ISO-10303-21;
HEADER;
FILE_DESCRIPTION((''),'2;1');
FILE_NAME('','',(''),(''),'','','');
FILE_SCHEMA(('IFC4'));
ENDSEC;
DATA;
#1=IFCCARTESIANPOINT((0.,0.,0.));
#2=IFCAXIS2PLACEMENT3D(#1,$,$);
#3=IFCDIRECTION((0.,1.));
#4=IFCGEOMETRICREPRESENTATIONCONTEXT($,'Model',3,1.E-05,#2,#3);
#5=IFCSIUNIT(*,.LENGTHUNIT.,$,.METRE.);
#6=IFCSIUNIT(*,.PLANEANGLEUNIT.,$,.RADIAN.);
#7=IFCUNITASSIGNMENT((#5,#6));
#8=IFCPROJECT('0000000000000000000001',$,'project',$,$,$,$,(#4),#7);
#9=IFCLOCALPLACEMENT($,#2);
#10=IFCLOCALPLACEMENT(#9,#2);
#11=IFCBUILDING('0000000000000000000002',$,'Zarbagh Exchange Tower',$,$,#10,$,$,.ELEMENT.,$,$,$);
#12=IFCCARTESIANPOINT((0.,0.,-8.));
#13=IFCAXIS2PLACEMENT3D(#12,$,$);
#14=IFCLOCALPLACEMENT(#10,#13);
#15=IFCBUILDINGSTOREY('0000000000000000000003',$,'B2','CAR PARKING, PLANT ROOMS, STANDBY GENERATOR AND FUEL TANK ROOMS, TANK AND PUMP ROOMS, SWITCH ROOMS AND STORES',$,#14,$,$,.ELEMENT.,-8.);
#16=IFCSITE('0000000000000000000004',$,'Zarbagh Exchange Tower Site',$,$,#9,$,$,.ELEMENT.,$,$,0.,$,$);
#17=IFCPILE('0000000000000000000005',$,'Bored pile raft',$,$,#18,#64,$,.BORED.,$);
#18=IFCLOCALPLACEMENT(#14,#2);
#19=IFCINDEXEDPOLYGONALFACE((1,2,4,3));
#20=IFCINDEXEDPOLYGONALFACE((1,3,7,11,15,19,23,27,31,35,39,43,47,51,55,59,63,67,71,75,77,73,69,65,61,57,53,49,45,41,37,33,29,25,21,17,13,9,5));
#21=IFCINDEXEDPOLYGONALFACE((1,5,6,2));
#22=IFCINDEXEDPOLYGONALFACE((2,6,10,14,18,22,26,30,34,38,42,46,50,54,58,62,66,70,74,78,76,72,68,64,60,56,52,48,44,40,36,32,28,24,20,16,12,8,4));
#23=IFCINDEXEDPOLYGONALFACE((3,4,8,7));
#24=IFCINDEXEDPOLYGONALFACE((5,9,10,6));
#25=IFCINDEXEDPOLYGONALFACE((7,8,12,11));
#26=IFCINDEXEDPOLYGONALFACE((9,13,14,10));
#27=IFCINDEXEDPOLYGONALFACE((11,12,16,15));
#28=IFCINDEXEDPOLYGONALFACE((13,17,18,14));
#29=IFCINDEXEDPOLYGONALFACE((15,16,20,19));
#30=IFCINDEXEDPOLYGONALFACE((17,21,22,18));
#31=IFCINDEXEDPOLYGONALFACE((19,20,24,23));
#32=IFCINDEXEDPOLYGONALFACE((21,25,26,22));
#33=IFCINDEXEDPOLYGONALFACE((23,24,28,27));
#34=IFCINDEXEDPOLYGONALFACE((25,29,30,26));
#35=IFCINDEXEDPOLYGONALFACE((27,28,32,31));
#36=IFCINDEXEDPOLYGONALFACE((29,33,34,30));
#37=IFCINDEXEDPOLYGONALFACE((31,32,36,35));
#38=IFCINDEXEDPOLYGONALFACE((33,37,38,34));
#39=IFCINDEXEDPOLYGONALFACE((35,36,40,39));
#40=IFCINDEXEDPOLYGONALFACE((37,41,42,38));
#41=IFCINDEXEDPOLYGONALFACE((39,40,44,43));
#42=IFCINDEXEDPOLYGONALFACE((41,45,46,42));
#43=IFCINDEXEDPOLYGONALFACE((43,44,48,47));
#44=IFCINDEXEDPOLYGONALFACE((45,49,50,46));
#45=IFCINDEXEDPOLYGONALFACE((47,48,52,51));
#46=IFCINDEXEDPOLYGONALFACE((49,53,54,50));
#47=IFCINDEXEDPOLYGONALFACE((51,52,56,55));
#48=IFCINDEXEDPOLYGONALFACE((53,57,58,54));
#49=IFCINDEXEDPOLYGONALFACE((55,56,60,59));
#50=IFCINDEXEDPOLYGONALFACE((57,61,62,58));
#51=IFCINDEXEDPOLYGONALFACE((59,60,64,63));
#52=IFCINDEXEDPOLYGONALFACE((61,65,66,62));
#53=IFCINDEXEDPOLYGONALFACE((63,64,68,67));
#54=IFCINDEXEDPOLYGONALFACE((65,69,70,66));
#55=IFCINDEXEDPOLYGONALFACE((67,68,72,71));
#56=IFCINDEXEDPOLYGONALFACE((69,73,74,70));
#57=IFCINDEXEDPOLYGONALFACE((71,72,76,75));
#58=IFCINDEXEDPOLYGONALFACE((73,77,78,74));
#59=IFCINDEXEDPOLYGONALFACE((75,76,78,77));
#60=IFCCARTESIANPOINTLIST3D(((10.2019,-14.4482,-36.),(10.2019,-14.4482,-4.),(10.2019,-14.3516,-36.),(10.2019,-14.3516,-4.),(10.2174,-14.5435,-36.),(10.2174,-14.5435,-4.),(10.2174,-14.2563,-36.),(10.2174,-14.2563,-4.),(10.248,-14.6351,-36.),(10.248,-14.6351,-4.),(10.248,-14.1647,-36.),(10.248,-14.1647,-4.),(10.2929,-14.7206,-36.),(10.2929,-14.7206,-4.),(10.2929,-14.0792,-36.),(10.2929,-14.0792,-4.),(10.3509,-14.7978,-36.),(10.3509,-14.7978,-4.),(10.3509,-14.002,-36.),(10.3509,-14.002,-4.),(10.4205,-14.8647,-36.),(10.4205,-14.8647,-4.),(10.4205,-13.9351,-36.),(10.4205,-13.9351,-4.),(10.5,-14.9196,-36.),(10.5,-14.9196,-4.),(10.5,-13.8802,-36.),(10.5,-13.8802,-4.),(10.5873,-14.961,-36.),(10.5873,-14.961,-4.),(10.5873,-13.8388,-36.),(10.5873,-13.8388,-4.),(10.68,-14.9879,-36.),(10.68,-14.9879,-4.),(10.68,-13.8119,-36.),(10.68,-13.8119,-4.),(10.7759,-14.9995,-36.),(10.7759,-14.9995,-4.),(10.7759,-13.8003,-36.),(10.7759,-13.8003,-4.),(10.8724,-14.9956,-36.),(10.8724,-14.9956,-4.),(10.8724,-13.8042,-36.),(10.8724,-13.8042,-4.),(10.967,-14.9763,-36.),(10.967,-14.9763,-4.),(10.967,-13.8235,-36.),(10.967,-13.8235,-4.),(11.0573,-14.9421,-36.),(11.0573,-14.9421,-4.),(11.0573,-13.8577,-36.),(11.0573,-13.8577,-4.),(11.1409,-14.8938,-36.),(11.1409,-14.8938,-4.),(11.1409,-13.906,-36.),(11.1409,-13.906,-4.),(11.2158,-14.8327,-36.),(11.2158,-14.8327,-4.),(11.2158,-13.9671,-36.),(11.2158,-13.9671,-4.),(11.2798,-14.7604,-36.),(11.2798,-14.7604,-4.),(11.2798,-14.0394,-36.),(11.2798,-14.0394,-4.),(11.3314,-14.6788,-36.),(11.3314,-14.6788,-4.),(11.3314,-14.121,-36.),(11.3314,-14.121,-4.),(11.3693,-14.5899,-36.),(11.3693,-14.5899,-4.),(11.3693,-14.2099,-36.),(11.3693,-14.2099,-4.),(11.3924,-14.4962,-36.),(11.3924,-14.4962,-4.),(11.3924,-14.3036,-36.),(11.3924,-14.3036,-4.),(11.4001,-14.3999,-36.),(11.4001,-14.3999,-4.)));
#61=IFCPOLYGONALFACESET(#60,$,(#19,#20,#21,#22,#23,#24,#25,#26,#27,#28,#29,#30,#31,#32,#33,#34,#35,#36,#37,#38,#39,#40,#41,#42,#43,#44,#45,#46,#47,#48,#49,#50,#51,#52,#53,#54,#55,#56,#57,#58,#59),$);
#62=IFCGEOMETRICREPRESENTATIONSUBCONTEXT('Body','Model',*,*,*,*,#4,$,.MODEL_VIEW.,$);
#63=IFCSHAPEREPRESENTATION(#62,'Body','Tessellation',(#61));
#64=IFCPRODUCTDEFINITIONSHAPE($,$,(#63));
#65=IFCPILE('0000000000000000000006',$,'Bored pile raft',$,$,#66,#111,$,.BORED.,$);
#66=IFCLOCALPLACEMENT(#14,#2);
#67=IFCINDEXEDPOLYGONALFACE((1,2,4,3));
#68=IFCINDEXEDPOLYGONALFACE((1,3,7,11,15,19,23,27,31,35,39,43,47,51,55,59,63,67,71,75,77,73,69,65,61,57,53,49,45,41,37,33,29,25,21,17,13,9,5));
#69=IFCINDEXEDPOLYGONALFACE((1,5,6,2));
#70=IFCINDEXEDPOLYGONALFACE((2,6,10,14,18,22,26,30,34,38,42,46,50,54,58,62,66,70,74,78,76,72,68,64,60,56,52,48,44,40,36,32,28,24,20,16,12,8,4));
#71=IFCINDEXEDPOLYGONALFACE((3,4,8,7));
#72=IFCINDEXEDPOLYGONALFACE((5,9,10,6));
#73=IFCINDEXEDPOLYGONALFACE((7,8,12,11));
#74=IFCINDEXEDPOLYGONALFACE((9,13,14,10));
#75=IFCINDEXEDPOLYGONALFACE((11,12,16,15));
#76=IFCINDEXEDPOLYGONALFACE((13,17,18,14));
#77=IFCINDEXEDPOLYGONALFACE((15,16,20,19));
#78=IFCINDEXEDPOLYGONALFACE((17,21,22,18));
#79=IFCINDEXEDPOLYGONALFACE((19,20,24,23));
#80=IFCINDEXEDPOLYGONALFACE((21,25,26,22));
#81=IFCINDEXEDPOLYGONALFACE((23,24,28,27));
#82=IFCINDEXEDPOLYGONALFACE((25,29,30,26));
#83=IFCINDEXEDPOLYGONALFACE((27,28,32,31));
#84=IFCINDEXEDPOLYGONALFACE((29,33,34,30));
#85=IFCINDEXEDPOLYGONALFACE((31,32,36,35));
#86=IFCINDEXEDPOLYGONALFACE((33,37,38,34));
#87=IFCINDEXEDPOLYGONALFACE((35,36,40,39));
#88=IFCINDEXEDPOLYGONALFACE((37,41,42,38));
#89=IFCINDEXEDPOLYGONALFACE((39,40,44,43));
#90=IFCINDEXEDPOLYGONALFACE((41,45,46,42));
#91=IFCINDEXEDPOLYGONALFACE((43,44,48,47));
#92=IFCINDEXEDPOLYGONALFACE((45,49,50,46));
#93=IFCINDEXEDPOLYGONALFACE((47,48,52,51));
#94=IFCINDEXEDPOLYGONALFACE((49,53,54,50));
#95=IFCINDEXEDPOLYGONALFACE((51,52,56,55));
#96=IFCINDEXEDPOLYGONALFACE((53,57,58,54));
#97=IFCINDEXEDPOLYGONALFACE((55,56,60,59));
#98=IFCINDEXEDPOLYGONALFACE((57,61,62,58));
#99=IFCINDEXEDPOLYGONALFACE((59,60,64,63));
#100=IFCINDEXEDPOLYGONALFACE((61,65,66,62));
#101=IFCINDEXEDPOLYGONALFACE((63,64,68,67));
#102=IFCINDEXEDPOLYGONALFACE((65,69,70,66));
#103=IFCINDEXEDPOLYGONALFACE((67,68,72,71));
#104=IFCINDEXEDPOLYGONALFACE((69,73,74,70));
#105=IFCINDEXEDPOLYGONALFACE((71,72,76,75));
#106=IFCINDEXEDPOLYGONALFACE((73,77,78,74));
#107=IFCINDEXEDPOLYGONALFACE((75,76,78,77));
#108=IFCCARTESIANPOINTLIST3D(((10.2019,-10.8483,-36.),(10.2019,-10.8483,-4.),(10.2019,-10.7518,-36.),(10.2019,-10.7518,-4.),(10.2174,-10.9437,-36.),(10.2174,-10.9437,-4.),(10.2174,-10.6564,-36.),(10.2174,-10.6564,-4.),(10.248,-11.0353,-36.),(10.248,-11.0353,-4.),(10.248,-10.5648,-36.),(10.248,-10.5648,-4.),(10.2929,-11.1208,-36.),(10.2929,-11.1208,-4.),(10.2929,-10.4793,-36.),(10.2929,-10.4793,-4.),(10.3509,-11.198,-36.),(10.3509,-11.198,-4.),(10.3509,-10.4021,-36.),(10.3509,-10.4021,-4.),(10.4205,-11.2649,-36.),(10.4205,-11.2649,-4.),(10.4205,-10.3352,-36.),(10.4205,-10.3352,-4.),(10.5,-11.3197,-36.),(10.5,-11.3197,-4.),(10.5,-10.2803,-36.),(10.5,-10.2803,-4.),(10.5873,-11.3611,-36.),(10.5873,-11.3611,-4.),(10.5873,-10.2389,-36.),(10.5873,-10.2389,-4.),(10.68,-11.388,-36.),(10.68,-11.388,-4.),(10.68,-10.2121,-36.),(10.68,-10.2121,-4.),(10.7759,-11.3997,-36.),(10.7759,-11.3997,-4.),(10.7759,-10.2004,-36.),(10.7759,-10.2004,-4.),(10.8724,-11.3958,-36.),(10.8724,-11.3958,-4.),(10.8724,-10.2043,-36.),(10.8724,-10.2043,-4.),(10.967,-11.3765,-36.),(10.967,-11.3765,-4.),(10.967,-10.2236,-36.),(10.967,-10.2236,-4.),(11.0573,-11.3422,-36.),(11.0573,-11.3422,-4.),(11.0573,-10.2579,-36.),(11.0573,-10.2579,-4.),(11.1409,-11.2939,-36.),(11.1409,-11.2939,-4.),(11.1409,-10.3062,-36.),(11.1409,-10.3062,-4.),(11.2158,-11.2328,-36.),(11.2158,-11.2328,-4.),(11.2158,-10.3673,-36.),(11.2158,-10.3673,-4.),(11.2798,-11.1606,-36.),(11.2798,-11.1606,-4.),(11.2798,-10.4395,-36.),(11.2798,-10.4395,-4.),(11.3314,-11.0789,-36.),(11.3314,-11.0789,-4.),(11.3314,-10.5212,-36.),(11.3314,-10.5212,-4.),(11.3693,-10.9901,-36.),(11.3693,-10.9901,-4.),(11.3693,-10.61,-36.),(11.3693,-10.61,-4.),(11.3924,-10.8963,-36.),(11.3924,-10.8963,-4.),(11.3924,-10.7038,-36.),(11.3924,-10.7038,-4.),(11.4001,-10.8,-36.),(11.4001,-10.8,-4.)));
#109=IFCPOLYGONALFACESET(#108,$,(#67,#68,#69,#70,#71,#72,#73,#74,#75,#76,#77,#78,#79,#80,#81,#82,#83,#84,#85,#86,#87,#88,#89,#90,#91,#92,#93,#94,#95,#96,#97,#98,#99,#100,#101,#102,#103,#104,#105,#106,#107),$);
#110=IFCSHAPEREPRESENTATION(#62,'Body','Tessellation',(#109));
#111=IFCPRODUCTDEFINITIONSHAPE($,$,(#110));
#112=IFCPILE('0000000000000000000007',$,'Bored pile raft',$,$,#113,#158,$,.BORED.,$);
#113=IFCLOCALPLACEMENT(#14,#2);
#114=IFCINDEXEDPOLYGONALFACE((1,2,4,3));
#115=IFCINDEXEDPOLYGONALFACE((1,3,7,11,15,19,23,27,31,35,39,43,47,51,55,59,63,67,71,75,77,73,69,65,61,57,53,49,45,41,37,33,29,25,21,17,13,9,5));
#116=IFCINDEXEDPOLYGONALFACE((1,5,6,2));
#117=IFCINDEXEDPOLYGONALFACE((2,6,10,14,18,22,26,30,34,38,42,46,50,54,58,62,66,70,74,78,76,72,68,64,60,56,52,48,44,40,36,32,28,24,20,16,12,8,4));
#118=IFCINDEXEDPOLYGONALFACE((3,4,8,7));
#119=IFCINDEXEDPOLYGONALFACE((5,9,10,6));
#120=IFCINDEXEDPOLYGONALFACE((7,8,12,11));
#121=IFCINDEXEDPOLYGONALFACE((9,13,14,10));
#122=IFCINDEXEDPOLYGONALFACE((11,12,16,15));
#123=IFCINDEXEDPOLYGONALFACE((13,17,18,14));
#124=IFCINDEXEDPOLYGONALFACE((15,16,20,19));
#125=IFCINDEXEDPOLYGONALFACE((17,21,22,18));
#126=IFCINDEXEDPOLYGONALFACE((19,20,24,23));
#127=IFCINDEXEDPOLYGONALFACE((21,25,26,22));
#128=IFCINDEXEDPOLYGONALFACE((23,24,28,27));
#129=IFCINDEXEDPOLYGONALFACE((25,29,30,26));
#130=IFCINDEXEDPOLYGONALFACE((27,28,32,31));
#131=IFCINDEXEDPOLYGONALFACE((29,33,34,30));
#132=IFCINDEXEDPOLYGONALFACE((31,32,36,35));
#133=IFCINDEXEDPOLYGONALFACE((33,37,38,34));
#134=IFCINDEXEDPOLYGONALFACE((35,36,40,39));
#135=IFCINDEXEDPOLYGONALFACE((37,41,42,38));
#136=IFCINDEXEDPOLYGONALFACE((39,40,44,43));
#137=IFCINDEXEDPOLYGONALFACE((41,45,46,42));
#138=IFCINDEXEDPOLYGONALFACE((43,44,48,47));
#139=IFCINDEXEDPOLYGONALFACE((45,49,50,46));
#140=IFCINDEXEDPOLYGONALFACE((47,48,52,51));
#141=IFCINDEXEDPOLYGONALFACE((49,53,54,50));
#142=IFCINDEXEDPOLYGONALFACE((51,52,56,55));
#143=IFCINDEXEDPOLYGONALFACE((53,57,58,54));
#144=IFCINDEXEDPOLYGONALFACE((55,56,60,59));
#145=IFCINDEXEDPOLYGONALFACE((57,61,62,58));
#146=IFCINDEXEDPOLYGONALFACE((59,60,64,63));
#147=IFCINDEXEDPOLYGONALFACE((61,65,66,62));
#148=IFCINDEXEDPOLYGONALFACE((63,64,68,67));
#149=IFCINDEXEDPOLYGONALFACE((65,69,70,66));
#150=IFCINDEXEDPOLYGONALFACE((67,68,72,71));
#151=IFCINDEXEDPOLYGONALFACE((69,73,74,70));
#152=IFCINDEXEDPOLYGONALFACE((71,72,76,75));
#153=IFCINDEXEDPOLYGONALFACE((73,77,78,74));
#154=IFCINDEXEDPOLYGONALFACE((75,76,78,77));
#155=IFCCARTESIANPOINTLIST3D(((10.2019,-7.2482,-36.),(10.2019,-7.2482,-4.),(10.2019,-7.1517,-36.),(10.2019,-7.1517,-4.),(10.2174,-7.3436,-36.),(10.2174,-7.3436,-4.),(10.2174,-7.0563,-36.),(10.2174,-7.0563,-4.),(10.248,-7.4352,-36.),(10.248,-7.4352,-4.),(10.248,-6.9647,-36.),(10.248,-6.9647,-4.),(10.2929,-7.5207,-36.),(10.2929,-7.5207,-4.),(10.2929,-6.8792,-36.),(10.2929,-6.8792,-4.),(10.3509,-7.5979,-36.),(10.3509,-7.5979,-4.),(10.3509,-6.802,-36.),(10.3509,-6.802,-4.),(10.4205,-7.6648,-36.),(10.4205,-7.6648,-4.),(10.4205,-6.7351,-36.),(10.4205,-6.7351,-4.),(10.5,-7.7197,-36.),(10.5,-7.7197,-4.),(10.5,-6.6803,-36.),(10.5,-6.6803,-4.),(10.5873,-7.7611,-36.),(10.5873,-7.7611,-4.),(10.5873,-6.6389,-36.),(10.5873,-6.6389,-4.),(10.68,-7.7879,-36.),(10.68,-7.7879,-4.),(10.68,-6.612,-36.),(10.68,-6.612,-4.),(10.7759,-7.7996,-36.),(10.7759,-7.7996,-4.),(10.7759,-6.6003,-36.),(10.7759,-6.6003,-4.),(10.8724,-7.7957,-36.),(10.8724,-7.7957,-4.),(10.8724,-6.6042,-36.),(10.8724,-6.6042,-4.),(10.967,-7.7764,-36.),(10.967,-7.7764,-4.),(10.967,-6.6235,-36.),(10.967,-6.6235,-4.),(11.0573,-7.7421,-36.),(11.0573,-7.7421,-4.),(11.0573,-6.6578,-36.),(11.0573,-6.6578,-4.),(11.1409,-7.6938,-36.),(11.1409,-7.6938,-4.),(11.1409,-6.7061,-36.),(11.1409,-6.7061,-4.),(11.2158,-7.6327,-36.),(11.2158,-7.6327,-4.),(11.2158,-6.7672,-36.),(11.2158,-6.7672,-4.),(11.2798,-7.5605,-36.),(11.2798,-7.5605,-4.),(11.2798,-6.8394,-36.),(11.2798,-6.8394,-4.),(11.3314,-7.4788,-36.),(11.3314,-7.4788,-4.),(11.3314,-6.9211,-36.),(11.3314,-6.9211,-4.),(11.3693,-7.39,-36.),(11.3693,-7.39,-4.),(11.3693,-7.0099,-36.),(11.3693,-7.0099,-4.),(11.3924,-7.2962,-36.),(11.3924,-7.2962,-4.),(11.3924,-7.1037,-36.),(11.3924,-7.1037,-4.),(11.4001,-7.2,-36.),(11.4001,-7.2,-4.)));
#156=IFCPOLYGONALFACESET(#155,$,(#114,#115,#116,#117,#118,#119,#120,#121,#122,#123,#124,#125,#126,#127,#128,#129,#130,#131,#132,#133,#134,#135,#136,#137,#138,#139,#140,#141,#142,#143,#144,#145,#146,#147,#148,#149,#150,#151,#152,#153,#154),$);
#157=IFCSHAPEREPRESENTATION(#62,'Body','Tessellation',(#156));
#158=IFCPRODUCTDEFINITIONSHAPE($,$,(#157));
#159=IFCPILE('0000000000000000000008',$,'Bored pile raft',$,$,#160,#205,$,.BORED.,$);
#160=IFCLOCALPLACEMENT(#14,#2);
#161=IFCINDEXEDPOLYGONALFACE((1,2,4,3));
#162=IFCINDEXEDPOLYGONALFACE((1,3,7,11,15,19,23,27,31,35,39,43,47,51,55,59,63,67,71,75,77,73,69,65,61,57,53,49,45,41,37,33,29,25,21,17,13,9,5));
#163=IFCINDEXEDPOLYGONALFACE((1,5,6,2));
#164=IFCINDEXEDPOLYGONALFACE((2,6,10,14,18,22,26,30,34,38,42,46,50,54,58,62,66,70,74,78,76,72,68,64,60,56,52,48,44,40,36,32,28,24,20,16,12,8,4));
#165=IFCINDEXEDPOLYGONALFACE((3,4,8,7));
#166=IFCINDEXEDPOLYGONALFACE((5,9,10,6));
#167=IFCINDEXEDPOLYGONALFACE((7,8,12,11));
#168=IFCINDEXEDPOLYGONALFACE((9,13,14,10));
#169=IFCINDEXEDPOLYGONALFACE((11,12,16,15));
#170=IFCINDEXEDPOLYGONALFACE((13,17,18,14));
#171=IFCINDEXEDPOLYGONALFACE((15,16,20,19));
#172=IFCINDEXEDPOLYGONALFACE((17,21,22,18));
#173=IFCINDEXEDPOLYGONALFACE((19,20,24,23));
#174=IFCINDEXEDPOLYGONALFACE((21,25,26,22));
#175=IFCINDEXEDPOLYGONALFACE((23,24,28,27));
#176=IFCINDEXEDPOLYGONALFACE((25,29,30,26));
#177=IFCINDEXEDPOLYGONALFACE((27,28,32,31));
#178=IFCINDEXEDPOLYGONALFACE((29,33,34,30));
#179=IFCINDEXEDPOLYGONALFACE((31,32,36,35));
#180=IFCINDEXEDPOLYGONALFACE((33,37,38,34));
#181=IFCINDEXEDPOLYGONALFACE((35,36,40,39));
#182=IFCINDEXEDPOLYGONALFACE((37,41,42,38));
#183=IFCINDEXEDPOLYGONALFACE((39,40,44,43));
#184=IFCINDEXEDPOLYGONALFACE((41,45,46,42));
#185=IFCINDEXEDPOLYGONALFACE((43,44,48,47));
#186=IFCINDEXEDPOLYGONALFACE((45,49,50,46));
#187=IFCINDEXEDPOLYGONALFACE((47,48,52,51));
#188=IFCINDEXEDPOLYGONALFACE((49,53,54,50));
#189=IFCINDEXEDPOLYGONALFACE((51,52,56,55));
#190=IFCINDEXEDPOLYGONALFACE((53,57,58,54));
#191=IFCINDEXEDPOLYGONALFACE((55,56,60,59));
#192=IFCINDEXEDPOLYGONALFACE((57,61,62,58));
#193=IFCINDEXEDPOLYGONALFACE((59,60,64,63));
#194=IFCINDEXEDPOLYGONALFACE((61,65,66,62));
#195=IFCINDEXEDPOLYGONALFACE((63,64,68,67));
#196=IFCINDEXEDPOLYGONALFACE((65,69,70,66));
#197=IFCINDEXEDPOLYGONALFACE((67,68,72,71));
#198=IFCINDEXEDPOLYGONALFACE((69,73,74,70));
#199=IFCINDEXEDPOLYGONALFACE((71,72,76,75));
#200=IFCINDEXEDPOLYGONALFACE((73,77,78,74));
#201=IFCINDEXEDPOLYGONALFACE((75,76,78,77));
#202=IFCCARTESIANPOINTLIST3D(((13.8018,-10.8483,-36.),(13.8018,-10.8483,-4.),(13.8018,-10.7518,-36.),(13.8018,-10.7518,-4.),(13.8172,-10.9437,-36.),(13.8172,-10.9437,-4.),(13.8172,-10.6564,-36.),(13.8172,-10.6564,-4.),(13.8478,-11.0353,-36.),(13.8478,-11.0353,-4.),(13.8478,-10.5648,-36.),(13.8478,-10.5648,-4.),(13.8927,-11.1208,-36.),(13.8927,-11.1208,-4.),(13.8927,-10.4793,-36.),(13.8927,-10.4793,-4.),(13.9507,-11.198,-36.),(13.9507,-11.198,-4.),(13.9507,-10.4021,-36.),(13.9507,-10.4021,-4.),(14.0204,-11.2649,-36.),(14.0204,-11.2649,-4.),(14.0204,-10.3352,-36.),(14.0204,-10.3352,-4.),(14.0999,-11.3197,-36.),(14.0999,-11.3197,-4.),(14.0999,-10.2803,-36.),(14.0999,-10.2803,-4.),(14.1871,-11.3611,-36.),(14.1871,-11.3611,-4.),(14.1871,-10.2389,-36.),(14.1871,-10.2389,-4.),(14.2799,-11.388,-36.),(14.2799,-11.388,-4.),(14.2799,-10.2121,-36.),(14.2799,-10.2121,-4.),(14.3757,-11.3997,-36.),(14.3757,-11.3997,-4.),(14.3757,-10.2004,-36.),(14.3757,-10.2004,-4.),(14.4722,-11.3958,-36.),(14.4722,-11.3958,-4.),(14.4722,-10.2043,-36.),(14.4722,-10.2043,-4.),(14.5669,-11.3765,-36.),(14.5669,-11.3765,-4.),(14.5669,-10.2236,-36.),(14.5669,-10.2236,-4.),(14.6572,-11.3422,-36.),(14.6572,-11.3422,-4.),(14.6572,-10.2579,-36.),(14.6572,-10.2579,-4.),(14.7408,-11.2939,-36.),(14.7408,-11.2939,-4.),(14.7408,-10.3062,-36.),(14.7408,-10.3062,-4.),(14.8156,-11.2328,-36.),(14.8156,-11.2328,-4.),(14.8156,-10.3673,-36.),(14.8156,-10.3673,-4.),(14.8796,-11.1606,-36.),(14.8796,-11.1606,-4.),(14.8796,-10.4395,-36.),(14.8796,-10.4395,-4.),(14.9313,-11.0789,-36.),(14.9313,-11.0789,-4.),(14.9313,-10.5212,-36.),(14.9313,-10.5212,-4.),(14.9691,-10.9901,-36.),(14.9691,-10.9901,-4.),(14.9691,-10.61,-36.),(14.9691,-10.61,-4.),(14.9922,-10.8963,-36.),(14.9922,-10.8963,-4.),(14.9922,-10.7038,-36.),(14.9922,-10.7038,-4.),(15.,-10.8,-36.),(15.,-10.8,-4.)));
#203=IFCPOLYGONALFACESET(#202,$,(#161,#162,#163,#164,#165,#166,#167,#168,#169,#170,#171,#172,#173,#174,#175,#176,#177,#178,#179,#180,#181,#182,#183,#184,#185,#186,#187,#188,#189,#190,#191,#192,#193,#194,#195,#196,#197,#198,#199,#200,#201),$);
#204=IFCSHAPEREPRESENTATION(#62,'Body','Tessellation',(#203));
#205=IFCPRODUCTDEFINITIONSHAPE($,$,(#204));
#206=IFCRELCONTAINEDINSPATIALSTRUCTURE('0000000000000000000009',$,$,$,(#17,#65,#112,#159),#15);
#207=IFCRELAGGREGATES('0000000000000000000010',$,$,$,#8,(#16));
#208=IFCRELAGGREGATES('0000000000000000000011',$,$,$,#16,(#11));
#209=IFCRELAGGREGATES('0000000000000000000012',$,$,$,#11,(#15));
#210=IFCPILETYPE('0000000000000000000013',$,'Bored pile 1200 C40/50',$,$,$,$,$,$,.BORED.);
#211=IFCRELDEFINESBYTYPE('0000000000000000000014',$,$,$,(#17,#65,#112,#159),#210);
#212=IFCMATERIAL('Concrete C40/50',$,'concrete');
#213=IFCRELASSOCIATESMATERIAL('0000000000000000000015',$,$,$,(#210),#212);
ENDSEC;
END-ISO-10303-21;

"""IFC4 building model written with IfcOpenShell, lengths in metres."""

from ifc_helpers import new_model, si_unit, direction, frame, origin, origin_2d, place, context, subcontext, project, spatial, circle, extrude, material, material_profile, profile_set, type_object, element, save


model = new_model("IFC4")

# Units and contexts
model_context = context("Model", 3, precision=1e-05, world=origin(), true_north=direction((0.0, 1.0)))
body_context = subcontext(model_context, "Body", "Model", "MODEL_VIEW")
ifc_project = project(units=[si_unit("LENGTHUNIT", "METRE"), si_unit("PLANEANGLEUNIT", "RADIAN")], contexts=[model_context])

# Site, building, storey
site_placement = place(None, origin())
site = spatial("IfcSite", under=ifc_project, at=site_placement, Name="Zarbagh Exchange Tower Site", CompositionType="ELEMENT", RefElevation=0.0)
building_placement = place(site_placement, origin())
building = spatial("IfcBuilding", under=site, at=building_placement, Name="Zarbagh Exchange Tower", CompositionType="ELEMENT")
storey_placement = place(building_placement, frame((0.0, 0.0, -8.0)))
storey = spatial("IfcBuildingStorey", under=building, at=storey_placement, Name="B2", Description="CAR PARKING, PLANT ROOMS, STANDBY GENERATOR AND FUEL TANK ROOMS, TANK AND PUMP ROOMS, SWITCH ROOMS AND STORES", CompositionType="ELEMENT", Elevation=-8.0)

# Piles
ifc_material_1 = material(Name="Concrete C40/50", Category="concrete")
ifc_material_profile_1 = material_profile(ifc_material_1, circle(Radius=0.6001, at=origin_2d()), Name="Bored pile 1200 C40/50")
ifc_profile_set_1 = profile_set([ifc_material_profile_1], Name="Concrete C40/50")
pile_type = type_object("IfcPileType", Name="Bored pile 1200 C40/50", PredefinedType="BORED", material=ifc_profile_set_1)
for number, where, z_axis, x_axis, name in (
    (1, (10.8, -14.3999, -4.0), (0.0, 0.0, -1.0), (1.0, 0.0, 0.0), "Bored pile raft"),
    (2, (10.8, -10.8, -4.0), (0.0, 0.0, -1.0), (1.0, 0.0, 0.0), "Bored pile raft"),
    (3, (10.8, -7.2, -4.0), (0.0, 0.0, -1.0), (1.0, 0.0, 0.0), "Bored pile raft"),
    (4, (14.3999, -10.8, -4.0), (0.0, 0.0, -1.0), (1.0, 0.0, 0.0), "Bored pile raft"),
):
    element("IfcPile", number, at=place(storey_placement, frame(where, z_axis=z_axis, x_axis=x_axis)), inside=storey, type_object=pile_type, Name=name, PredefinedType="BORED", context=body_context, shape_type="SweptSolid", body=[
        extrude(circle(Radius=0.6001, at=origin_2d()), origin(), (0.0, 0.0, 1.0), 32.0),
    ])

save(model, "model.ifc")
